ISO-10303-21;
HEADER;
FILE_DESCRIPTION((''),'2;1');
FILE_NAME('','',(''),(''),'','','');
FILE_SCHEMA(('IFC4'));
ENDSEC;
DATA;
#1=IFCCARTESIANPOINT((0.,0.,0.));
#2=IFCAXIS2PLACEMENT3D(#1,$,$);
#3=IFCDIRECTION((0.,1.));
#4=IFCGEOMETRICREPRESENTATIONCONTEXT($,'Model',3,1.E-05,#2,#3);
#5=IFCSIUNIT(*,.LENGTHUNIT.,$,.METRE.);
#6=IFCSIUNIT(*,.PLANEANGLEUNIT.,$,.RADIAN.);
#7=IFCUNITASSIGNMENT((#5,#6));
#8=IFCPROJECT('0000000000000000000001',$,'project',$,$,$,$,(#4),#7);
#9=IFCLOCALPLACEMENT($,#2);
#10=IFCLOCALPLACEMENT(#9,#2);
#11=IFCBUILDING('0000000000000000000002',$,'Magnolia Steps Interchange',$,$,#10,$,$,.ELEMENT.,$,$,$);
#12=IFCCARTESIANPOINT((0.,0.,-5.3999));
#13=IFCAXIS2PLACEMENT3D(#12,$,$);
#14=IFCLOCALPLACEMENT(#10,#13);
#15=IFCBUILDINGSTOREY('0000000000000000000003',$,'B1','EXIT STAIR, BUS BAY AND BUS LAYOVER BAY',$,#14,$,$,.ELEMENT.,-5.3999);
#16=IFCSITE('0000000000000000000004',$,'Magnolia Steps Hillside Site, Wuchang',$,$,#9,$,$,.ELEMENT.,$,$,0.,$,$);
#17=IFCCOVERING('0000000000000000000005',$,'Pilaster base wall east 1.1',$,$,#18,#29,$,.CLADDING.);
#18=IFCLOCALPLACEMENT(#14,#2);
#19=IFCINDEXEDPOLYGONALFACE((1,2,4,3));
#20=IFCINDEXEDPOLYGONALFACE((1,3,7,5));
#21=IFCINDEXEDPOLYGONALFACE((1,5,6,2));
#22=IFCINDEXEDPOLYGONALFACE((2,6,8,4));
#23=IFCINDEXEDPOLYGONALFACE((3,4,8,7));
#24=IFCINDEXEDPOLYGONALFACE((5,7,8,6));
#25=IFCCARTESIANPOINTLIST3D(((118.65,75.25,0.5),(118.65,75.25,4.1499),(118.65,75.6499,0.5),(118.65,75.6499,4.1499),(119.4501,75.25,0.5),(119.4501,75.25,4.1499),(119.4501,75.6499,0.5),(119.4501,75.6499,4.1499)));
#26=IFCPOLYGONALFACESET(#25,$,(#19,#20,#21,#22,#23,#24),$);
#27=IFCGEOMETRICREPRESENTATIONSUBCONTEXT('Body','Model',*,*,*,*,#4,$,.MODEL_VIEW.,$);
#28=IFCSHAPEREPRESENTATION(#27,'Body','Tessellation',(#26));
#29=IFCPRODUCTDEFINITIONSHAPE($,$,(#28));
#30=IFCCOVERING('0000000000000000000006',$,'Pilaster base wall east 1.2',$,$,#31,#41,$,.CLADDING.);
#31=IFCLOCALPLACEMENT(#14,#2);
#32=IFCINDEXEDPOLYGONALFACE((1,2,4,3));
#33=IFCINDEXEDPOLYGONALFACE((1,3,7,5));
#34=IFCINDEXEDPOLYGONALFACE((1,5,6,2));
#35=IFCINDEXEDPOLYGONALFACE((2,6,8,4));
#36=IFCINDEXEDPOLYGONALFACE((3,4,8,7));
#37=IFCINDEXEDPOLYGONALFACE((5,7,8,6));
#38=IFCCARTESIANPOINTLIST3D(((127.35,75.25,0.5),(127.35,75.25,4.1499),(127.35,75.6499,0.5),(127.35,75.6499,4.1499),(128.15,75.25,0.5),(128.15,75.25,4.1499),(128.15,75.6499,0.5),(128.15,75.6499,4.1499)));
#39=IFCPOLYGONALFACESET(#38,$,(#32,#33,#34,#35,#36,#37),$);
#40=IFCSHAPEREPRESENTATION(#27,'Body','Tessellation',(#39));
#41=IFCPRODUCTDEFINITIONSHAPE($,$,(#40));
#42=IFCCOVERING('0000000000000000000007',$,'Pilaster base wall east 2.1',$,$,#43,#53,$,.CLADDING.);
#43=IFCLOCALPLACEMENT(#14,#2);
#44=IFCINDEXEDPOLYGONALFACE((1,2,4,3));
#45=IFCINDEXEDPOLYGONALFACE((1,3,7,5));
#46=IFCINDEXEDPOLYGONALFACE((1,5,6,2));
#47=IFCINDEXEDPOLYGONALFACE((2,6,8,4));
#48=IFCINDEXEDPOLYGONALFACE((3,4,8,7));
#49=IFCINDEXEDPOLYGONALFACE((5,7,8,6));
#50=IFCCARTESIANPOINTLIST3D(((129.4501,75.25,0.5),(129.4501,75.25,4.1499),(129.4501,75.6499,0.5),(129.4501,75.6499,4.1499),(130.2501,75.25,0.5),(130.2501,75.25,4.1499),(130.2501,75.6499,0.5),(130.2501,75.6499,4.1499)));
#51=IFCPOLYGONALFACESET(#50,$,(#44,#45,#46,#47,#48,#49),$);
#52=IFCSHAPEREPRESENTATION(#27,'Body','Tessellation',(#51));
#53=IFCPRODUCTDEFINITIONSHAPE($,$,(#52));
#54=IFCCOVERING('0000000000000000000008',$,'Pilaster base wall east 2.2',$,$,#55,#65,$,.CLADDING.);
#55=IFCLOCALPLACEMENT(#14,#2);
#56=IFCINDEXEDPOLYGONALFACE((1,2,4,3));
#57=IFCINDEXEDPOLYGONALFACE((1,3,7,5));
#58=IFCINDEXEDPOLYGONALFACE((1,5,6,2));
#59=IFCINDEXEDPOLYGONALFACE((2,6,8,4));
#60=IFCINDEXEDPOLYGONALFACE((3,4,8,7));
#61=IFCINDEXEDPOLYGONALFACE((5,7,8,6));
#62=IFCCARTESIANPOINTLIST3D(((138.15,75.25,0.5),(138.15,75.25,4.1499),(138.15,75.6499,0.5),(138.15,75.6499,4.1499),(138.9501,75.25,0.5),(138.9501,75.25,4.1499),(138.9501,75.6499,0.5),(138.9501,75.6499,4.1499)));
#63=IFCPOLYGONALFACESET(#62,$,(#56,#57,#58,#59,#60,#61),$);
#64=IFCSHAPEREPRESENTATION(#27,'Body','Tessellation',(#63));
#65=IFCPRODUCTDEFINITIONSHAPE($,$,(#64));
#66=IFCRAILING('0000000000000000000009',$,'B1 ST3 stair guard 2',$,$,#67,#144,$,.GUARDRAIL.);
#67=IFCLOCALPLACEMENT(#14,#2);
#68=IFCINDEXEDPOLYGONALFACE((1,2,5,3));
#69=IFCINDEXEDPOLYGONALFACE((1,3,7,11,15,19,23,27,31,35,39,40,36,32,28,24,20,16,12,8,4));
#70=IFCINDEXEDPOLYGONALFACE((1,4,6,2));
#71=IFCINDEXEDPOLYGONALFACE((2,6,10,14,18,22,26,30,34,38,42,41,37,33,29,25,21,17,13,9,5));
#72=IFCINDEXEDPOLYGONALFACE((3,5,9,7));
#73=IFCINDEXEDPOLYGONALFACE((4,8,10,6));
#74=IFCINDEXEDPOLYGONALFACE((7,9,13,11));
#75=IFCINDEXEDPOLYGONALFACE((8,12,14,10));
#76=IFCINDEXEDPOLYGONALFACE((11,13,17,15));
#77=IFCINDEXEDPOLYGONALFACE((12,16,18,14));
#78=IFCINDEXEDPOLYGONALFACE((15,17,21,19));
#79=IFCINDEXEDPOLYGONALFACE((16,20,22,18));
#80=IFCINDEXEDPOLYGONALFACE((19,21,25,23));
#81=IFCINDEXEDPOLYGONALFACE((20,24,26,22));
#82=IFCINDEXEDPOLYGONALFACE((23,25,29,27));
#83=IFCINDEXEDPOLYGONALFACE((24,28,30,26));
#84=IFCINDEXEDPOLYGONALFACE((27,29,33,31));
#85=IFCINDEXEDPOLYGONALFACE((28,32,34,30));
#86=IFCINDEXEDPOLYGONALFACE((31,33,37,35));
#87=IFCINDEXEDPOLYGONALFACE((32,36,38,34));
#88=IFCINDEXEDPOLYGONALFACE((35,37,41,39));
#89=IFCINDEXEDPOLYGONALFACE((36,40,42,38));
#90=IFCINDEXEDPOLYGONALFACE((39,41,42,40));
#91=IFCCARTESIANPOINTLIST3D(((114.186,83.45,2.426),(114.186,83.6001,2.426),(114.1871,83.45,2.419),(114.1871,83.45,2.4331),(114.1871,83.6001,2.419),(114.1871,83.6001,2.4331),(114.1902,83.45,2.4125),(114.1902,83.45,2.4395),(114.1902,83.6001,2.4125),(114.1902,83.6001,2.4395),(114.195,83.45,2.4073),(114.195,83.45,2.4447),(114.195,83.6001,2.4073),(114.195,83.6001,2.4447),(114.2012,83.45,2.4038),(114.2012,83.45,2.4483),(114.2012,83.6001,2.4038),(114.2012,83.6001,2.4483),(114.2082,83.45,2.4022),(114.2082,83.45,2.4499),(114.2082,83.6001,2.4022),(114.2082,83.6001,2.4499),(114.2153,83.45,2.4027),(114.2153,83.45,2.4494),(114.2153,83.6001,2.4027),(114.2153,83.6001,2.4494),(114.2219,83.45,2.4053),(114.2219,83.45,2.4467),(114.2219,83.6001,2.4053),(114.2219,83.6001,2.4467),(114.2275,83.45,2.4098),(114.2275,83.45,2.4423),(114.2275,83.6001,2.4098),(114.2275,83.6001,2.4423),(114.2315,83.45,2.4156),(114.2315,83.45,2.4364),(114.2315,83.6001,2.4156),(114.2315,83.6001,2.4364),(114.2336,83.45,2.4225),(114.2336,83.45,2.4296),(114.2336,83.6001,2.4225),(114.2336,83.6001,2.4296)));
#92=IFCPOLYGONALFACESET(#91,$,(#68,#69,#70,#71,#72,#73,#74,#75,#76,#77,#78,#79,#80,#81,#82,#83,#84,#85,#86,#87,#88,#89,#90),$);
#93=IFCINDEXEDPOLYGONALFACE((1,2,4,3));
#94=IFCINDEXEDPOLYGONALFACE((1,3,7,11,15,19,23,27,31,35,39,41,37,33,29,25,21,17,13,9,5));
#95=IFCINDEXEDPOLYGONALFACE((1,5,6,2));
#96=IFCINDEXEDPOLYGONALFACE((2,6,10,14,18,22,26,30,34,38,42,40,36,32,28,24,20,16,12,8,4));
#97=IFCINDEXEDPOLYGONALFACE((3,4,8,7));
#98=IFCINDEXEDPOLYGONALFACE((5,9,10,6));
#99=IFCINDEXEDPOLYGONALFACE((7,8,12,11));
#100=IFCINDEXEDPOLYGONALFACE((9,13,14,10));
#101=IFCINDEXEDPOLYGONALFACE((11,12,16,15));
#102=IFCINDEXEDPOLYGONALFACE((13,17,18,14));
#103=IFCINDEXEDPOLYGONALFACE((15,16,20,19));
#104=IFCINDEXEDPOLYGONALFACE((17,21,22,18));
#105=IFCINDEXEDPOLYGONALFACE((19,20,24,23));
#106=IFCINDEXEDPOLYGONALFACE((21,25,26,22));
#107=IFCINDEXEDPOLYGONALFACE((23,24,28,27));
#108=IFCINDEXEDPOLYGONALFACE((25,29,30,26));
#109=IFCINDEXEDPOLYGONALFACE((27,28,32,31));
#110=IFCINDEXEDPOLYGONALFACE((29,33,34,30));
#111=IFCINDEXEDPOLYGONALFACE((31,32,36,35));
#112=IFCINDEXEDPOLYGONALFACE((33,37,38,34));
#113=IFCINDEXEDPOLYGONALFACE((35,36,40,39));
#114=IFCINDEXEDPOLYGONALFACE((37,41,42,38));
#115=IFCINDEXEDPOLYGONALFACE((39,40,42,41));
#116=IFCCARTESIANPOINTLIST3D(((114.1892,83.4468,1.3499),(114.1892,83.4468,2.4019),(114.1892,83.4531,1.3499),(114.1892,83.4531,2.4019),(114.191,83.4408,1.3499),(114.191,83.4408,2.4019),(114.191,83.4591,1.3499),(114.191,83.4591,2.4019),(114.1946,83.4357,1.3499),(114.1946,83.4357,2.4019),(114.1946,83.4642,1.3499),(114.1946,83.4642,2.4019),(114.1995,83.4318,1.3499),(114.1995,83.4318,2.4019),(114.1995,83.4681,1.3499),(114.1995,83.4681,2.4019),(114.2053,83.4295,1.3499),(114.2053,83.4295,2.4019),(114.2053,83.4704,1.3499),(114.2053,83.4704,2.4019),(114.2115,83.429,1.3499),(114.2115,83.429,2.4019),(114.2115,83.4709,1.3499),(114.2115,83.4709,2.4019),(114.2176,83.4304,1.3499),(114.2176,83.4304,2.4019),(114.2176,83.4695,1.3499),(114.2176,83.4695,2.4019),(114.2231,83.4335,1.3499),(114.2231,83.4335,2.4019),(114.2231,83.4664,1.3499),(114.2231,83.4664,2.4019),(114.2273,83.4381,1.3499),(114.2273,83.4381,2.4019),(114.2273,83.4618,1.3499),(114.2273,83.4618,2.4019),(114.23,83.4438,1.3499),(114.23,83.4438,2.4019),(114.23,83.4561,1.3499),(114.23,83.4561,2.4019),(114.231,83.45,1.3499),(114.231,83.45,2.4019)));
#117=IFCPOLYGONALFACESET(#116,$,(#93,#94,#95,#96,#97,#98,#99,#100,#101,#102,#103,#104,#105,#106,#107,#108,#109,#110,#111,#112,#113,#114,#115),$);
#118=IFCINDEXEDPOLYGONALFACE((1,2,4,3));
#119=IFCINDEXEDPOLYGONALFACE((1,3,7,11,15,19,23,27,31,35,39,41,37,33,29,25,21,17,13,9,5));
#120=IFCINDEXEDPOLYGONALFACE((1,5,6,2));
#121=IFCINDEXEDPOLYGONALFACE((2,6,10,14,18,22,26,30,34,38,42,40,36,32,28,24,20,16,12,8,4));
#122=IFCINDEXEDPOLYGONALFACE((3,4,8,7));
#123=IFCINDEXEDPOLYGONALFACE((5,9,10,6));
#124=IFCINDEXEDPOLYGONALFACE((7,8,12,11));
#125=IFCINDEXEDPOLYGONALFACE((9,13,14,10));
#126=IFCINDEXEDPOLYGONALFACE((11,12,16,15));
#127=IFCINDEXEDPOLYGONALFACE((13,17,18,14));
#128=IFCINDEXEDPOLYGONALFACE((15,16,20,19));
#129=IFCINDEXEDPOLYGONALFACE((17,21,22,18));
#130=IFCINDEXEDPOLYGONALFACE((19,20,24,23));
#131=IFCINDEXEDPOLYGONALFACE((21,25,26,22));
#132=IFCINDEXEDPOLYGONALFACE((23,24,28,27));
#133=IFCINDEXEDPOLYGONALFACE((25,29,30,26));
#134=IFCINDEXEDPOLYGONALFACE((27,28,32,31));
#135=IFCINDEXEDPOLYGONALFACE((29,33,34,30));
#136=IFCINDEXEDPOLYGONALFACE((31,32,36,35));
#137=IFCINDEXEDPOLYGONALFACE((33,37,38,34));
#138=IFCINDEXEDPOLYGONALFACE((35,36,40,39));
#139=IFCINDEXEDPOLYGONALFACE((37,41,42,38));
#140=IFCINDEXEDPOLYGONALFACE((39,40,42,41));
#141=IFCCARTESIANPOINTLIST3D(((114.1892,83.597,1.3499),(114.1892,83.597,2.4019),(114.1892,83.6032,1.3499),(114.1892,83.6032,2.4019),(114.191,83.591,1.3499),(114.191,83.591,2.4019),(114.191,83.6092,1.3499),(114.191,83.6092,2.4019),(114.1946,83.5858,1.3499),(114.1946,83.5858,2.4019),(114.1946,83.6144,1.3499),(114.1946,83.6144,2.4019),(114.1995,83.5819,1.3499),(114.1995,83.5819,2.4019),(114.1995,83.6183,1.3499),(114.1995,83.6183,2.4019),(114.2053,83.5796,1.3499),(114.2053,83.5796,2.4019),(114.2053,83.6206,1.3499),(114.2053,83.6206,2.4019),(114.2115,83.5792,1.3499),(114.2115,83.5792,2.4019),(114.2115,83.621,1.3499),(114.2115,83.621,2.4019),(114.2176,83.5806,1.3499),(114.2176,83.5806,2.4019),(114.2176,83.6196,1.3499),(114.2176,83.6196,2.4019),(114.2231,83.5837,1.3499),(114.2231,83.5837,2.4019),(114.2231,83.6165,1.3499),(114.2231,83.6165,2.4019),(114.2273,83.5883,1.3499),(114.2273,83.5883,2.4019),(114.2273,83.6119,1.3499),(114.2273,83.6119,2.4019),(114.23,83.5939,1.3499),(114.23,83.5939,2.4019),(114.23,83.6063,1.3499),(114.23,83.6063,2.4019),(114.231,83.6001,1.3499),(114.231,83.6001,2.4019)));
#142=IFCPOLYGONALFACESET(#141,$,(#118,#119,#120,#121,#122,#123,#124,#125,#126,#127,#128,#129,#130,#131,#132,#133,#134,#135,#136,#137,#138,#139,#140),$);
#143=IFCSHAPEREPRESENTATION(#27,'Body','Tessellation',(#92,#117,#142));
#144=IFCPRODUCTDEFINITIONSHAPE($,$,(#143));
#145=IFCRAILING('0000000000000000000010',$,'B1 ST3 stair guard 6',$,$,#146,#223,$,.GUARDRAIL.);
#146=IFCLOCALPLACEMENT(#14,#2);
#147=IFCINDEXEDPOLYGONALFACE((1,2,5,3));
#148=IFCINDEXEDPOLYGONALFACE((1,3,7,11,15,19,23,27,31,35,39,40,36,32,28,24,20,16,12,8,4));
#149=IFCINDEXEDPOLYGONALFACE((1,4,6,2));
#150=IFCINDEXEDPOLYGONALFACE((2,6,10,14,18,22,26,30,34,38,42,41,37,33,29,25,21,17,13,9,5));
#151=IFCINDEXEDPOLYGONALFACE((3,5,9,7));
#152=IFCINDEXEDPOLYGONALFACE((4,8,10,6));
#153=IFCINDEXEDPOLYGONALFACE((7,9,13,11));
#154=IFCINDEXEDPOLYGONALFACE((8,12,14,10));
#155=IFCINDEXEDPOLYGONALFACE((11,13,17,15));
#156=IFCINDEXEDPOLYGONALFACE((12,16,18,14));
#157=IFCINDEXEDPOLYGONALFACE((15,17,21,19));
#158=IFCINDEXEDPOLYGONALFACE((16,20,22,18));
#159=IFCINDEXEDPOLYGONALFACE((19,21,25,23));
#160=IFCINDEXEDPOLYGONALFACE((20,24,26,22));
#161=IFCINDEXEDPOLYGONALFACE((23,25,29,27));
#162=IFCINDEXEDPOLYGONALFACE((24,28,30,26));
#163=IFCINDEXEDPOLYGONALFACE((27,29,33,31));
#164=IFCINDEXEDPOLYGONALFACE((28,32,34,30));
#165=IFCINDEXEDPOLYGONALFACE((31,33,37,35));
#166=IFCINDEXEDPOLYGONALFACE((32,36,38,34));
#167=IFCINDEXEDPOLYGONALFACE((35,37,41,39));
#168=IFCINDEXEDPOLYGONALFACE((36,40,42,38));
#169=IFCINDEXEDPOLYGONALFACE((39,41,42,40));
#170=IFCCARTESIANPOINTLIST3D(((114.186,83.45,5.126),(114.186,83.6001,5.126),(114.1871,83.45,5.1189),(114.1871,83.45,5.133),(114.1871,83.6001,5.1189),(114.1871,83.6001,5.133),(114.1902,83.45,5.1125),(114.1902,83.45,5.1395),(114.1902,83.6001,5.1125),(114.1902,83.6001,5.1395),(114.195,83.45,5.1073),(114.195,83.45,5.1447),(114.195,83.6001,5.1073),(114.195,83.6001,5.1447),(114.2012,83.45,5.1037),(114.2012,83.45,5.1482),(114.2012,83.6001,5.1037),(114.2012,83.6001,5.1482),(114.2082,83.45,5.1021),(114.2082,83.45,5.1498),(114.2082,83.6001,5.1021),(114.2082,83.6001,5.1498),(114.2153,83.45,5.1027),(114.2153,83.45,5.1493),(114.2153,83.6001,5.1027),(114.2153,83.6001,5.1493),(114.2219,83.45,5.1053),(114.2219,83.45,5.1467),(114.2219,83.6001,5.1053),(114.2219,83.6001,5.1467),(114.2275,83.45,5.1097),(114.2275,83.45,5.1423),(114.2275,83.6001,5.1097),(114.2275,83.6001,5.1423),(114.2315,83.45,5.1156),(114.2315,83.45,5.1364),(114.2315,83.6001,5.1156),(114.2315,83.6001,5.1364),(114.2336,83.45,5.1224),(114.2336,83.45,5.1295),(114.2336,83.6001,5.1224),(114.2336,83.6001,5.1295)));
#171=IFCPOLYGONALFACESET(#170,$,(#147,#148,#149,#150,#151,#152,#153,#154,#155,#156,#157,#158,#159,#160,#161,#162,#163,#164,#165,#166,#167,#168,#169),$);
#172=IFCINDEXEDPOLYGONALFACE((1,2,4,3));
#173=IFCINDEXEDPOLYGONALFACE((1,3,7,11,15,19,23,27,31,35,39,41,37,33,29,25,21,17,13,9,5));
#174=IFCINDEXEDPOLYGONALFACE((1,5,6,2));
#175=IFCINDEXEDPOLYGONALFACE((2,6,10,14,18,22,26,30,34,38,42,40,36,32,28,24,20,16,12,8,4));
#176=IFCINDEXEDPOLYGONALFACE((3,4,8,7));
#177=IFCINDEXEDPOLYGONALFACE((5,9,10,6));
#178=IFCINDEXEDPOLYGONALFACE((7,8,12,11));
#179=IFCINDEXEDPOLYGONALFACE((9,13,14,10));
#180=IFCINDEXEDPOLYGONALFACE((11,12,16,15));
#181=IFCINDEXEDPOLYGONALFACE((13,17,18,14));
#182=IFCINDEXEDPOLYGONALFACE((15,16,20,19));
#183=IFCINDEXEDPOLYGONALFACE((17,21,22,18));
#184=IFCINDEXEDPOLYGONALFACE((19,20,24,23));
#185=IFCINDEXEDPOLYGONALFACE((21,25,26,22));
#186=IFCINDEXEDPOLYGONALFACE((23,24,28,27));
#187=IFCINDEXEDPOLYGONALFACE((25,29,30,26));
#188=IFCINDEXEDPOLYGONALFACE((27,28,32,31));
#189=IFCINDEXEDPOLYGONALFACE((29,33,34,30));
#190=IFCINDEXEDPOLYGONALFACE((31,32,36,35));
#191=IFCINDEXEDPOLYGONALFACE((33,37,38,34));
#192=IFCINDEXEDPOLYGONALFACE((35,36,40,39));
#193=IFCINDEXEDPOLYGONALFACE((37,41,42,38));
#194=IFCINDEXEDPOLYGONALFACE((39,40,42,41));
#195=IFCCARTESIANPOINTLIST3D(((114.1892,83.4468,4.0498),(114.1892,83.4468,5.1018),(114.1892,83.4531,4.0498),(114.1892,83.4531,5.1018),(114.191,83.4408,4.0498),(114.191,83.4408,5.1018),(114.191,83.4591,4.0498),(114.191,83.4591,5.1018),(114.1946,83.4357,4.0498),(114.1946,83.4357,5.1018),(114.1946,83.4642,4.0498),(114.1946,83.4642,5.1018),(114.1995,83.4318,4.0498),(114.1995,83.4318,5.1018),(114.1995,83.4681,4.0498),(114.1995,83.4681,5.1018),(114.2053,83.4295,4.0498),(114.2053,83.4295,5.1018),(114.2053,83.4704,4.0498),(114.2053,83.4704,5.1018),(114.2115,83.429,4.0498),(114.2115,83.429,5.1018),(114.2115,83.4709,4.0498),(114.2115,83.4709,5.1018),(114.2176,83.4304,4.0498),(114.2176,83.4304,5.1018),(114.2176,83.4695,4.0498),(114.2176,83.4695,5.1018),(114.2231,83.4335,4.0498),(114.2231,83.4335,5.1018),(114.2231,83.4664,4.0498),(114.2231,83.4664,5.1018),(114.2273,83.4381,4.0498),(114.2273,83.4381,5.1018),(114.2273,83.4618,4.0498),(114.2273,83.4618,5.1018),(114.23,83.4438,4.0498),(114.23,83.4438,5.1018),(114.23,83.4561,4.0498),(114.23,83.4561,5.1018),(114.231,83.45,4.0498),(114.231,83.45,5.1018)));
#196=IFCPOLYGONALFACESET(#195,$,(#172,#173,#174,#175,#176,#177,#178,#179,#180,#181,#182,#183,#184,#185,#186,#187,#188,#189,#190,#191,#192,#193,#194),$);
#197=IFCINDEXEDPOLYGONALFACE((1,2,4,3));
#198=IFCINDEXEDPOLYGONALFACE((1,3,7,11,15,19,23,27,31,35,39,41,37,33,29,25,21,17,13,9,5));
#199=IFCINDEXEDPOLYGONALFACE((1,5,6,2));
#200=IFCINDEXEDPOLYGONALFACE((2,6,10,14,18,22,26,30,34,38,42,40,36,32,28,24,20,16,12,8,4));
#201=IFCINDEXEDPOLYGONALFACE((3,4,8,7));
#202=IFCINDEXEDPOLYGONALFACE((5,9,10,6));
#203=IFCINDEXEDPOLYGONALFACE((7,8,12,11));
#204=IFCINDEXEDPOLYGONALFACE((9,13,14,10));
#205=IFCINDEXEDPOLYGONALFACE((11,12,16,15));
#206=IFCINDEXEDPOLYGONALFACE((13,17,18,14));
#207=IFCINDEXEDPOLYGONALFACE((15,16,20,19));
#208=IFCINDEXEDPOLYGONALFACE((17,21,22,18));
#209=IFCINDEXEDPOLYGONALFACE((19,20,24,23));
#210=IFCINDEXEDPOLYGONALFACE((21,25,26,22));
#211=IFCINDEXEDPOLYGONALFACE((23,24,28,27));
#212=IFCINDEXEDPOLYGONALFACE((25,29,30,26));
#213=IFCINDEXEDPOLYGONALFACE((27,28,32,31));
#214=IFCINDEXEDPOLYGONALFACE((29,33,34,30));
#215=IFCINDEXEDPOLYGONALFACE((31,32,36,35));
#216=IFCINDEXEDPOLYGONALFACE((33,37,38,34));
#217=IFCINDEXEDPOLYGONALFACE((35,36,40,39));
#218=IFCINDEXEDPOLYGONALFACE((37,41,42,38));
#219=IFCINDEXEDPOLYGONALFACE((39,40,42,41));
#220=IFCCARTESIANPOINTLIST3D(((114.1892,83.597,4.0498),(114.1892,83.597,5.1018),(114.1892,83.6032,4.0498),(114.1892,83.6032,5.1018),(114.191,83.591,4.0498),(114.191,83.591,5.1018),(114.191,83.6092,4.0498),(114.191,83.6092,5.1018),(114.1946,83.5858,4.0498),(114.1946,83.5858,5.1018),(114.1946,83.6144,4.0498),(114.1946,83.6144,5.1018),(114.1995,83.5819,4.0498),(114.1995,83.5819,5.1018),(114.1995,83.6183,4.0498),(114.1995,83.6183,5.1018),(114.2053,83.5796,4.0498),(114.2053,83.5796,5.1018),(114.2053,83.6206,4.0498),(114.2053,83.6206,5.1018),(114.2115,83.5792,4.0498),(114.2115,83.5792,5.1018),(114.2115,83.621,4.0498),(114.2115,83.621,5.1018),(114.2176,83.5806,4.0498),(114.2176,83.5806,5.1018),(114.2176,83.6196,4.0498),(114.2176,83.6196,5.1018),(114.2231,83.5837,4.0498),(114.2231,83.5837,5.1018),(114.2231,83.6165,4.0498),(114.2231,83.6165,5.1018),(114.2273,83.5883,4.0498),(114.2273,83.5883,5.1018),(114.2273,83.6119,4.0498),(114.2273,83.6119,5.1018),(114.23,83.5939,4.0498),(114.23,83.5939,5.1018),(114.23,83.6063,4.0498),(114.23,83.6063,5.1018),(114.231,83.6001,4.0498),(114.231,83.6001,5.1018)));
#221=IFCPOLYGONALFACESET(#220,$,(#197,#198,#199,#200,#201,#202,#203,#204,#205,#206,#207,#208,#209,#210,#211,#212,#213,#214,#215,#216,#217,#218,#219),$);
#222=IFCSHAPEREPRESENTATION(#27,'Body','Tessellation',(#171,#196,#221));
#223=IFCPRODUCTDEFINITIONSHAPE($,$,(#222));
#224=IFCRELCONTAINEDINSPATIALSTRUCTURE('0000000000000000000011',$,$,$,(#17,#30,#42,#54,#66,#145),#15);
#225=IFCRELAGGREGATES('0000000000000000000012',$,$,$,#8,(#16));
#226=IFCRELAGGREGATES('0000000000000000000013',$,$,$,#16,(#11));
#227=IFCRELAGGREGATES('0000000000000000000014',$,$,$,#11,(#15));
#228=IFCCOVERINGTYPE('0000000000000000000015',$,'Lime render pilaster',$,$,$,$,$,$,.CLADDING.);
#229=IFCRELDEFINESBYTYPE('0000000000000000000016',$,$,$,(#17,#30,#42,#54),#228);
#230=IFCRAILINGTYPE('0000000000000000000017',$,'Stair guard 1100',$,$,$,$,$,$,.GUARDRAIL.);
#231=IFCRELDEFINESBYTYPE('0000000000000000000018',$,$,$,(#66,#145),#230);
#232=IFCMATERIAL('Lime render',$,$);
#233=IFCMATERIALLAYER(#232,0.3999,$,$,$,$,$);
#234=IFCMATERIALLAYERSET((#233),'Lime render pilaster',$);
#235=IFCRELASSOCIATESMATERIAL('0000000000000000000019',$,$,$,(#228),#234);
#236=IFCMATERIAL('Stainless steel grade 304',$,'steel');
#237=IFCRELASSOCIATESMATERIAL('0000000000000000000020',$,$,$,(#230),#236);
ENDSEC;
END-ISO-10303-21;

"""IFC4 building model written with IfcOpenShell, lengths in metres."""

from ifc_helpers import new_model, si_unit, direction, frame, origin, origin_2d, place, context, subcontext, project, spatial, rectangle, circle, extrude, material, layer, layer_set, type_object, element, save


model = new_model("IFC4")

# Units and contexts
model_context = context("Model", 3, precision=1e-05, world=origin(), true_north=direction((0.0, 1.0)))
body_context = subcontext(model_context, "Body", "Model", "MODEL_VIEW")
ifc_project = project(units=[si_unit("LENGTHUNIT", "METRE"), si_unit("PLANEANGLEUNIT", "RADIAN")], contexts=[model_context])

# Site, building, storey
site_placement = place(None, origin())
site = spatial("IfcSite", under=ifc_project, at=site_placement, Name="Magnolia Steps Hillside Site, Wuchang", CompositionType="ELEMENT", RefElevation=0.0)
building_placement = place(site_placement, origin())
building = spatial("IfcBuilding", under=site, at=building_placement, Name="Magnolia Steps Interchange", CompositionType="ELEMENT")
storey_placement = place(building_placement, frame((0.0, 0.0, -5.3999)))
storey = spatial("IfcBuildingStorey", under=building, at=storey_placement, Name="B1", Description="EXIT STAIR, BUS BAY AND BUS LAYOVER BAY", CompositionType="ELEMENT", Elevation=-5.3999)

# Coverings
ifc_material_1 = material(Name="Lime render")
ifc_layer_1 = layer(ifc_material_1, 0.3999)
ifc_layer_set_1 = layer_set([ifc_layer_1], Name="Lime render pilaster")
covering_type_1 = type_object("IfcCoveringType", Name="Lime render pilaster", PredefinedType="CLADDING", material=ifc_layer_set_1)
for number, where, z_axis, x_axis, name in (
    (1, (119.05, 75.45, 0.5), (0.0, 0.0, 1.0), (1.0, 0.0, 0.0), "Pilaster base wall east 1.1"),
    (2, (127.75, 75.45, 0.5), (0.0, 0.0, 1.0), (1.0, 0.0, 0.0), "Pilaster base wall east 1.2"),
    (3, (129.8501, 75.45, 0.5), (0.0, 0.0, 1.0), (1.0, 0.0, 0.0), "Pilaster base wall east 2.1"),
    (4, (138.55, 75.45, 0.5), (0.0, 0.0, 1.0), (1.0, 0.0, 0.0), "Pilaster base wall east 2.2"),
):
    element("IfcCovering", number, at=place(storey_placement, frame(where, z_axis=z_axis, x_axis=x_axis)), inside=storey, type_object=covering_type_1, Name=name, PredefinedType="CLADDING", context=body_context, shape_type="SweptSolid", body=[
        extrude(rectangle(XDim=0.8, YDim=0.3999, at=origin_2d()), origin(), (0.0, 0.0, 1.0), 3.6499),
    ])

# Railings
ifc_material_2 = material(Name="Stainless steel grade 304", Category="steel")
railing_type_1 = type_object("IfcRailingType", Name="Stair guard 1100", PredefinedType="GUARDRAIL", material=ifc_material_2)
for number, where, name in (
    (5, (114.21, 83.45, 1.3499), "B1 ST3 stair guard 2"),
    (6, (114.21, 83.45, 4.0498), "B1 ST3 stair guard 6"),
):
    element("IfcRailing", number, at=place(storey_placement, frame(where)), inside=storey, type_object=railing_type_1, Name=name, PredefinedType="GUARDRAIL", context=body_context, shape_type="SweptSolid", body=[
        extrude(circle(Radius=0.0239, at=origin_2d()), frame((0.0, 0.0, 1.0762), z_axis=(0.0, 1.0, 0.0), x_axis=(-1.0, 0.0, 0.0)), (0.0, 0.0, 1.0), 0.1501),
        extrude(circle(Radius=0.021, at=origin_2d()), origin(), (0.0, 0.0, 1.0), 1.052),
        extrude(circle(Radius=0.021, at=origin_2d()), frame((0.0, 0.1501, 0.0)), (0.0, 0.0, 1.0), 1.052),
    ])

save(model, "model.ifc")
